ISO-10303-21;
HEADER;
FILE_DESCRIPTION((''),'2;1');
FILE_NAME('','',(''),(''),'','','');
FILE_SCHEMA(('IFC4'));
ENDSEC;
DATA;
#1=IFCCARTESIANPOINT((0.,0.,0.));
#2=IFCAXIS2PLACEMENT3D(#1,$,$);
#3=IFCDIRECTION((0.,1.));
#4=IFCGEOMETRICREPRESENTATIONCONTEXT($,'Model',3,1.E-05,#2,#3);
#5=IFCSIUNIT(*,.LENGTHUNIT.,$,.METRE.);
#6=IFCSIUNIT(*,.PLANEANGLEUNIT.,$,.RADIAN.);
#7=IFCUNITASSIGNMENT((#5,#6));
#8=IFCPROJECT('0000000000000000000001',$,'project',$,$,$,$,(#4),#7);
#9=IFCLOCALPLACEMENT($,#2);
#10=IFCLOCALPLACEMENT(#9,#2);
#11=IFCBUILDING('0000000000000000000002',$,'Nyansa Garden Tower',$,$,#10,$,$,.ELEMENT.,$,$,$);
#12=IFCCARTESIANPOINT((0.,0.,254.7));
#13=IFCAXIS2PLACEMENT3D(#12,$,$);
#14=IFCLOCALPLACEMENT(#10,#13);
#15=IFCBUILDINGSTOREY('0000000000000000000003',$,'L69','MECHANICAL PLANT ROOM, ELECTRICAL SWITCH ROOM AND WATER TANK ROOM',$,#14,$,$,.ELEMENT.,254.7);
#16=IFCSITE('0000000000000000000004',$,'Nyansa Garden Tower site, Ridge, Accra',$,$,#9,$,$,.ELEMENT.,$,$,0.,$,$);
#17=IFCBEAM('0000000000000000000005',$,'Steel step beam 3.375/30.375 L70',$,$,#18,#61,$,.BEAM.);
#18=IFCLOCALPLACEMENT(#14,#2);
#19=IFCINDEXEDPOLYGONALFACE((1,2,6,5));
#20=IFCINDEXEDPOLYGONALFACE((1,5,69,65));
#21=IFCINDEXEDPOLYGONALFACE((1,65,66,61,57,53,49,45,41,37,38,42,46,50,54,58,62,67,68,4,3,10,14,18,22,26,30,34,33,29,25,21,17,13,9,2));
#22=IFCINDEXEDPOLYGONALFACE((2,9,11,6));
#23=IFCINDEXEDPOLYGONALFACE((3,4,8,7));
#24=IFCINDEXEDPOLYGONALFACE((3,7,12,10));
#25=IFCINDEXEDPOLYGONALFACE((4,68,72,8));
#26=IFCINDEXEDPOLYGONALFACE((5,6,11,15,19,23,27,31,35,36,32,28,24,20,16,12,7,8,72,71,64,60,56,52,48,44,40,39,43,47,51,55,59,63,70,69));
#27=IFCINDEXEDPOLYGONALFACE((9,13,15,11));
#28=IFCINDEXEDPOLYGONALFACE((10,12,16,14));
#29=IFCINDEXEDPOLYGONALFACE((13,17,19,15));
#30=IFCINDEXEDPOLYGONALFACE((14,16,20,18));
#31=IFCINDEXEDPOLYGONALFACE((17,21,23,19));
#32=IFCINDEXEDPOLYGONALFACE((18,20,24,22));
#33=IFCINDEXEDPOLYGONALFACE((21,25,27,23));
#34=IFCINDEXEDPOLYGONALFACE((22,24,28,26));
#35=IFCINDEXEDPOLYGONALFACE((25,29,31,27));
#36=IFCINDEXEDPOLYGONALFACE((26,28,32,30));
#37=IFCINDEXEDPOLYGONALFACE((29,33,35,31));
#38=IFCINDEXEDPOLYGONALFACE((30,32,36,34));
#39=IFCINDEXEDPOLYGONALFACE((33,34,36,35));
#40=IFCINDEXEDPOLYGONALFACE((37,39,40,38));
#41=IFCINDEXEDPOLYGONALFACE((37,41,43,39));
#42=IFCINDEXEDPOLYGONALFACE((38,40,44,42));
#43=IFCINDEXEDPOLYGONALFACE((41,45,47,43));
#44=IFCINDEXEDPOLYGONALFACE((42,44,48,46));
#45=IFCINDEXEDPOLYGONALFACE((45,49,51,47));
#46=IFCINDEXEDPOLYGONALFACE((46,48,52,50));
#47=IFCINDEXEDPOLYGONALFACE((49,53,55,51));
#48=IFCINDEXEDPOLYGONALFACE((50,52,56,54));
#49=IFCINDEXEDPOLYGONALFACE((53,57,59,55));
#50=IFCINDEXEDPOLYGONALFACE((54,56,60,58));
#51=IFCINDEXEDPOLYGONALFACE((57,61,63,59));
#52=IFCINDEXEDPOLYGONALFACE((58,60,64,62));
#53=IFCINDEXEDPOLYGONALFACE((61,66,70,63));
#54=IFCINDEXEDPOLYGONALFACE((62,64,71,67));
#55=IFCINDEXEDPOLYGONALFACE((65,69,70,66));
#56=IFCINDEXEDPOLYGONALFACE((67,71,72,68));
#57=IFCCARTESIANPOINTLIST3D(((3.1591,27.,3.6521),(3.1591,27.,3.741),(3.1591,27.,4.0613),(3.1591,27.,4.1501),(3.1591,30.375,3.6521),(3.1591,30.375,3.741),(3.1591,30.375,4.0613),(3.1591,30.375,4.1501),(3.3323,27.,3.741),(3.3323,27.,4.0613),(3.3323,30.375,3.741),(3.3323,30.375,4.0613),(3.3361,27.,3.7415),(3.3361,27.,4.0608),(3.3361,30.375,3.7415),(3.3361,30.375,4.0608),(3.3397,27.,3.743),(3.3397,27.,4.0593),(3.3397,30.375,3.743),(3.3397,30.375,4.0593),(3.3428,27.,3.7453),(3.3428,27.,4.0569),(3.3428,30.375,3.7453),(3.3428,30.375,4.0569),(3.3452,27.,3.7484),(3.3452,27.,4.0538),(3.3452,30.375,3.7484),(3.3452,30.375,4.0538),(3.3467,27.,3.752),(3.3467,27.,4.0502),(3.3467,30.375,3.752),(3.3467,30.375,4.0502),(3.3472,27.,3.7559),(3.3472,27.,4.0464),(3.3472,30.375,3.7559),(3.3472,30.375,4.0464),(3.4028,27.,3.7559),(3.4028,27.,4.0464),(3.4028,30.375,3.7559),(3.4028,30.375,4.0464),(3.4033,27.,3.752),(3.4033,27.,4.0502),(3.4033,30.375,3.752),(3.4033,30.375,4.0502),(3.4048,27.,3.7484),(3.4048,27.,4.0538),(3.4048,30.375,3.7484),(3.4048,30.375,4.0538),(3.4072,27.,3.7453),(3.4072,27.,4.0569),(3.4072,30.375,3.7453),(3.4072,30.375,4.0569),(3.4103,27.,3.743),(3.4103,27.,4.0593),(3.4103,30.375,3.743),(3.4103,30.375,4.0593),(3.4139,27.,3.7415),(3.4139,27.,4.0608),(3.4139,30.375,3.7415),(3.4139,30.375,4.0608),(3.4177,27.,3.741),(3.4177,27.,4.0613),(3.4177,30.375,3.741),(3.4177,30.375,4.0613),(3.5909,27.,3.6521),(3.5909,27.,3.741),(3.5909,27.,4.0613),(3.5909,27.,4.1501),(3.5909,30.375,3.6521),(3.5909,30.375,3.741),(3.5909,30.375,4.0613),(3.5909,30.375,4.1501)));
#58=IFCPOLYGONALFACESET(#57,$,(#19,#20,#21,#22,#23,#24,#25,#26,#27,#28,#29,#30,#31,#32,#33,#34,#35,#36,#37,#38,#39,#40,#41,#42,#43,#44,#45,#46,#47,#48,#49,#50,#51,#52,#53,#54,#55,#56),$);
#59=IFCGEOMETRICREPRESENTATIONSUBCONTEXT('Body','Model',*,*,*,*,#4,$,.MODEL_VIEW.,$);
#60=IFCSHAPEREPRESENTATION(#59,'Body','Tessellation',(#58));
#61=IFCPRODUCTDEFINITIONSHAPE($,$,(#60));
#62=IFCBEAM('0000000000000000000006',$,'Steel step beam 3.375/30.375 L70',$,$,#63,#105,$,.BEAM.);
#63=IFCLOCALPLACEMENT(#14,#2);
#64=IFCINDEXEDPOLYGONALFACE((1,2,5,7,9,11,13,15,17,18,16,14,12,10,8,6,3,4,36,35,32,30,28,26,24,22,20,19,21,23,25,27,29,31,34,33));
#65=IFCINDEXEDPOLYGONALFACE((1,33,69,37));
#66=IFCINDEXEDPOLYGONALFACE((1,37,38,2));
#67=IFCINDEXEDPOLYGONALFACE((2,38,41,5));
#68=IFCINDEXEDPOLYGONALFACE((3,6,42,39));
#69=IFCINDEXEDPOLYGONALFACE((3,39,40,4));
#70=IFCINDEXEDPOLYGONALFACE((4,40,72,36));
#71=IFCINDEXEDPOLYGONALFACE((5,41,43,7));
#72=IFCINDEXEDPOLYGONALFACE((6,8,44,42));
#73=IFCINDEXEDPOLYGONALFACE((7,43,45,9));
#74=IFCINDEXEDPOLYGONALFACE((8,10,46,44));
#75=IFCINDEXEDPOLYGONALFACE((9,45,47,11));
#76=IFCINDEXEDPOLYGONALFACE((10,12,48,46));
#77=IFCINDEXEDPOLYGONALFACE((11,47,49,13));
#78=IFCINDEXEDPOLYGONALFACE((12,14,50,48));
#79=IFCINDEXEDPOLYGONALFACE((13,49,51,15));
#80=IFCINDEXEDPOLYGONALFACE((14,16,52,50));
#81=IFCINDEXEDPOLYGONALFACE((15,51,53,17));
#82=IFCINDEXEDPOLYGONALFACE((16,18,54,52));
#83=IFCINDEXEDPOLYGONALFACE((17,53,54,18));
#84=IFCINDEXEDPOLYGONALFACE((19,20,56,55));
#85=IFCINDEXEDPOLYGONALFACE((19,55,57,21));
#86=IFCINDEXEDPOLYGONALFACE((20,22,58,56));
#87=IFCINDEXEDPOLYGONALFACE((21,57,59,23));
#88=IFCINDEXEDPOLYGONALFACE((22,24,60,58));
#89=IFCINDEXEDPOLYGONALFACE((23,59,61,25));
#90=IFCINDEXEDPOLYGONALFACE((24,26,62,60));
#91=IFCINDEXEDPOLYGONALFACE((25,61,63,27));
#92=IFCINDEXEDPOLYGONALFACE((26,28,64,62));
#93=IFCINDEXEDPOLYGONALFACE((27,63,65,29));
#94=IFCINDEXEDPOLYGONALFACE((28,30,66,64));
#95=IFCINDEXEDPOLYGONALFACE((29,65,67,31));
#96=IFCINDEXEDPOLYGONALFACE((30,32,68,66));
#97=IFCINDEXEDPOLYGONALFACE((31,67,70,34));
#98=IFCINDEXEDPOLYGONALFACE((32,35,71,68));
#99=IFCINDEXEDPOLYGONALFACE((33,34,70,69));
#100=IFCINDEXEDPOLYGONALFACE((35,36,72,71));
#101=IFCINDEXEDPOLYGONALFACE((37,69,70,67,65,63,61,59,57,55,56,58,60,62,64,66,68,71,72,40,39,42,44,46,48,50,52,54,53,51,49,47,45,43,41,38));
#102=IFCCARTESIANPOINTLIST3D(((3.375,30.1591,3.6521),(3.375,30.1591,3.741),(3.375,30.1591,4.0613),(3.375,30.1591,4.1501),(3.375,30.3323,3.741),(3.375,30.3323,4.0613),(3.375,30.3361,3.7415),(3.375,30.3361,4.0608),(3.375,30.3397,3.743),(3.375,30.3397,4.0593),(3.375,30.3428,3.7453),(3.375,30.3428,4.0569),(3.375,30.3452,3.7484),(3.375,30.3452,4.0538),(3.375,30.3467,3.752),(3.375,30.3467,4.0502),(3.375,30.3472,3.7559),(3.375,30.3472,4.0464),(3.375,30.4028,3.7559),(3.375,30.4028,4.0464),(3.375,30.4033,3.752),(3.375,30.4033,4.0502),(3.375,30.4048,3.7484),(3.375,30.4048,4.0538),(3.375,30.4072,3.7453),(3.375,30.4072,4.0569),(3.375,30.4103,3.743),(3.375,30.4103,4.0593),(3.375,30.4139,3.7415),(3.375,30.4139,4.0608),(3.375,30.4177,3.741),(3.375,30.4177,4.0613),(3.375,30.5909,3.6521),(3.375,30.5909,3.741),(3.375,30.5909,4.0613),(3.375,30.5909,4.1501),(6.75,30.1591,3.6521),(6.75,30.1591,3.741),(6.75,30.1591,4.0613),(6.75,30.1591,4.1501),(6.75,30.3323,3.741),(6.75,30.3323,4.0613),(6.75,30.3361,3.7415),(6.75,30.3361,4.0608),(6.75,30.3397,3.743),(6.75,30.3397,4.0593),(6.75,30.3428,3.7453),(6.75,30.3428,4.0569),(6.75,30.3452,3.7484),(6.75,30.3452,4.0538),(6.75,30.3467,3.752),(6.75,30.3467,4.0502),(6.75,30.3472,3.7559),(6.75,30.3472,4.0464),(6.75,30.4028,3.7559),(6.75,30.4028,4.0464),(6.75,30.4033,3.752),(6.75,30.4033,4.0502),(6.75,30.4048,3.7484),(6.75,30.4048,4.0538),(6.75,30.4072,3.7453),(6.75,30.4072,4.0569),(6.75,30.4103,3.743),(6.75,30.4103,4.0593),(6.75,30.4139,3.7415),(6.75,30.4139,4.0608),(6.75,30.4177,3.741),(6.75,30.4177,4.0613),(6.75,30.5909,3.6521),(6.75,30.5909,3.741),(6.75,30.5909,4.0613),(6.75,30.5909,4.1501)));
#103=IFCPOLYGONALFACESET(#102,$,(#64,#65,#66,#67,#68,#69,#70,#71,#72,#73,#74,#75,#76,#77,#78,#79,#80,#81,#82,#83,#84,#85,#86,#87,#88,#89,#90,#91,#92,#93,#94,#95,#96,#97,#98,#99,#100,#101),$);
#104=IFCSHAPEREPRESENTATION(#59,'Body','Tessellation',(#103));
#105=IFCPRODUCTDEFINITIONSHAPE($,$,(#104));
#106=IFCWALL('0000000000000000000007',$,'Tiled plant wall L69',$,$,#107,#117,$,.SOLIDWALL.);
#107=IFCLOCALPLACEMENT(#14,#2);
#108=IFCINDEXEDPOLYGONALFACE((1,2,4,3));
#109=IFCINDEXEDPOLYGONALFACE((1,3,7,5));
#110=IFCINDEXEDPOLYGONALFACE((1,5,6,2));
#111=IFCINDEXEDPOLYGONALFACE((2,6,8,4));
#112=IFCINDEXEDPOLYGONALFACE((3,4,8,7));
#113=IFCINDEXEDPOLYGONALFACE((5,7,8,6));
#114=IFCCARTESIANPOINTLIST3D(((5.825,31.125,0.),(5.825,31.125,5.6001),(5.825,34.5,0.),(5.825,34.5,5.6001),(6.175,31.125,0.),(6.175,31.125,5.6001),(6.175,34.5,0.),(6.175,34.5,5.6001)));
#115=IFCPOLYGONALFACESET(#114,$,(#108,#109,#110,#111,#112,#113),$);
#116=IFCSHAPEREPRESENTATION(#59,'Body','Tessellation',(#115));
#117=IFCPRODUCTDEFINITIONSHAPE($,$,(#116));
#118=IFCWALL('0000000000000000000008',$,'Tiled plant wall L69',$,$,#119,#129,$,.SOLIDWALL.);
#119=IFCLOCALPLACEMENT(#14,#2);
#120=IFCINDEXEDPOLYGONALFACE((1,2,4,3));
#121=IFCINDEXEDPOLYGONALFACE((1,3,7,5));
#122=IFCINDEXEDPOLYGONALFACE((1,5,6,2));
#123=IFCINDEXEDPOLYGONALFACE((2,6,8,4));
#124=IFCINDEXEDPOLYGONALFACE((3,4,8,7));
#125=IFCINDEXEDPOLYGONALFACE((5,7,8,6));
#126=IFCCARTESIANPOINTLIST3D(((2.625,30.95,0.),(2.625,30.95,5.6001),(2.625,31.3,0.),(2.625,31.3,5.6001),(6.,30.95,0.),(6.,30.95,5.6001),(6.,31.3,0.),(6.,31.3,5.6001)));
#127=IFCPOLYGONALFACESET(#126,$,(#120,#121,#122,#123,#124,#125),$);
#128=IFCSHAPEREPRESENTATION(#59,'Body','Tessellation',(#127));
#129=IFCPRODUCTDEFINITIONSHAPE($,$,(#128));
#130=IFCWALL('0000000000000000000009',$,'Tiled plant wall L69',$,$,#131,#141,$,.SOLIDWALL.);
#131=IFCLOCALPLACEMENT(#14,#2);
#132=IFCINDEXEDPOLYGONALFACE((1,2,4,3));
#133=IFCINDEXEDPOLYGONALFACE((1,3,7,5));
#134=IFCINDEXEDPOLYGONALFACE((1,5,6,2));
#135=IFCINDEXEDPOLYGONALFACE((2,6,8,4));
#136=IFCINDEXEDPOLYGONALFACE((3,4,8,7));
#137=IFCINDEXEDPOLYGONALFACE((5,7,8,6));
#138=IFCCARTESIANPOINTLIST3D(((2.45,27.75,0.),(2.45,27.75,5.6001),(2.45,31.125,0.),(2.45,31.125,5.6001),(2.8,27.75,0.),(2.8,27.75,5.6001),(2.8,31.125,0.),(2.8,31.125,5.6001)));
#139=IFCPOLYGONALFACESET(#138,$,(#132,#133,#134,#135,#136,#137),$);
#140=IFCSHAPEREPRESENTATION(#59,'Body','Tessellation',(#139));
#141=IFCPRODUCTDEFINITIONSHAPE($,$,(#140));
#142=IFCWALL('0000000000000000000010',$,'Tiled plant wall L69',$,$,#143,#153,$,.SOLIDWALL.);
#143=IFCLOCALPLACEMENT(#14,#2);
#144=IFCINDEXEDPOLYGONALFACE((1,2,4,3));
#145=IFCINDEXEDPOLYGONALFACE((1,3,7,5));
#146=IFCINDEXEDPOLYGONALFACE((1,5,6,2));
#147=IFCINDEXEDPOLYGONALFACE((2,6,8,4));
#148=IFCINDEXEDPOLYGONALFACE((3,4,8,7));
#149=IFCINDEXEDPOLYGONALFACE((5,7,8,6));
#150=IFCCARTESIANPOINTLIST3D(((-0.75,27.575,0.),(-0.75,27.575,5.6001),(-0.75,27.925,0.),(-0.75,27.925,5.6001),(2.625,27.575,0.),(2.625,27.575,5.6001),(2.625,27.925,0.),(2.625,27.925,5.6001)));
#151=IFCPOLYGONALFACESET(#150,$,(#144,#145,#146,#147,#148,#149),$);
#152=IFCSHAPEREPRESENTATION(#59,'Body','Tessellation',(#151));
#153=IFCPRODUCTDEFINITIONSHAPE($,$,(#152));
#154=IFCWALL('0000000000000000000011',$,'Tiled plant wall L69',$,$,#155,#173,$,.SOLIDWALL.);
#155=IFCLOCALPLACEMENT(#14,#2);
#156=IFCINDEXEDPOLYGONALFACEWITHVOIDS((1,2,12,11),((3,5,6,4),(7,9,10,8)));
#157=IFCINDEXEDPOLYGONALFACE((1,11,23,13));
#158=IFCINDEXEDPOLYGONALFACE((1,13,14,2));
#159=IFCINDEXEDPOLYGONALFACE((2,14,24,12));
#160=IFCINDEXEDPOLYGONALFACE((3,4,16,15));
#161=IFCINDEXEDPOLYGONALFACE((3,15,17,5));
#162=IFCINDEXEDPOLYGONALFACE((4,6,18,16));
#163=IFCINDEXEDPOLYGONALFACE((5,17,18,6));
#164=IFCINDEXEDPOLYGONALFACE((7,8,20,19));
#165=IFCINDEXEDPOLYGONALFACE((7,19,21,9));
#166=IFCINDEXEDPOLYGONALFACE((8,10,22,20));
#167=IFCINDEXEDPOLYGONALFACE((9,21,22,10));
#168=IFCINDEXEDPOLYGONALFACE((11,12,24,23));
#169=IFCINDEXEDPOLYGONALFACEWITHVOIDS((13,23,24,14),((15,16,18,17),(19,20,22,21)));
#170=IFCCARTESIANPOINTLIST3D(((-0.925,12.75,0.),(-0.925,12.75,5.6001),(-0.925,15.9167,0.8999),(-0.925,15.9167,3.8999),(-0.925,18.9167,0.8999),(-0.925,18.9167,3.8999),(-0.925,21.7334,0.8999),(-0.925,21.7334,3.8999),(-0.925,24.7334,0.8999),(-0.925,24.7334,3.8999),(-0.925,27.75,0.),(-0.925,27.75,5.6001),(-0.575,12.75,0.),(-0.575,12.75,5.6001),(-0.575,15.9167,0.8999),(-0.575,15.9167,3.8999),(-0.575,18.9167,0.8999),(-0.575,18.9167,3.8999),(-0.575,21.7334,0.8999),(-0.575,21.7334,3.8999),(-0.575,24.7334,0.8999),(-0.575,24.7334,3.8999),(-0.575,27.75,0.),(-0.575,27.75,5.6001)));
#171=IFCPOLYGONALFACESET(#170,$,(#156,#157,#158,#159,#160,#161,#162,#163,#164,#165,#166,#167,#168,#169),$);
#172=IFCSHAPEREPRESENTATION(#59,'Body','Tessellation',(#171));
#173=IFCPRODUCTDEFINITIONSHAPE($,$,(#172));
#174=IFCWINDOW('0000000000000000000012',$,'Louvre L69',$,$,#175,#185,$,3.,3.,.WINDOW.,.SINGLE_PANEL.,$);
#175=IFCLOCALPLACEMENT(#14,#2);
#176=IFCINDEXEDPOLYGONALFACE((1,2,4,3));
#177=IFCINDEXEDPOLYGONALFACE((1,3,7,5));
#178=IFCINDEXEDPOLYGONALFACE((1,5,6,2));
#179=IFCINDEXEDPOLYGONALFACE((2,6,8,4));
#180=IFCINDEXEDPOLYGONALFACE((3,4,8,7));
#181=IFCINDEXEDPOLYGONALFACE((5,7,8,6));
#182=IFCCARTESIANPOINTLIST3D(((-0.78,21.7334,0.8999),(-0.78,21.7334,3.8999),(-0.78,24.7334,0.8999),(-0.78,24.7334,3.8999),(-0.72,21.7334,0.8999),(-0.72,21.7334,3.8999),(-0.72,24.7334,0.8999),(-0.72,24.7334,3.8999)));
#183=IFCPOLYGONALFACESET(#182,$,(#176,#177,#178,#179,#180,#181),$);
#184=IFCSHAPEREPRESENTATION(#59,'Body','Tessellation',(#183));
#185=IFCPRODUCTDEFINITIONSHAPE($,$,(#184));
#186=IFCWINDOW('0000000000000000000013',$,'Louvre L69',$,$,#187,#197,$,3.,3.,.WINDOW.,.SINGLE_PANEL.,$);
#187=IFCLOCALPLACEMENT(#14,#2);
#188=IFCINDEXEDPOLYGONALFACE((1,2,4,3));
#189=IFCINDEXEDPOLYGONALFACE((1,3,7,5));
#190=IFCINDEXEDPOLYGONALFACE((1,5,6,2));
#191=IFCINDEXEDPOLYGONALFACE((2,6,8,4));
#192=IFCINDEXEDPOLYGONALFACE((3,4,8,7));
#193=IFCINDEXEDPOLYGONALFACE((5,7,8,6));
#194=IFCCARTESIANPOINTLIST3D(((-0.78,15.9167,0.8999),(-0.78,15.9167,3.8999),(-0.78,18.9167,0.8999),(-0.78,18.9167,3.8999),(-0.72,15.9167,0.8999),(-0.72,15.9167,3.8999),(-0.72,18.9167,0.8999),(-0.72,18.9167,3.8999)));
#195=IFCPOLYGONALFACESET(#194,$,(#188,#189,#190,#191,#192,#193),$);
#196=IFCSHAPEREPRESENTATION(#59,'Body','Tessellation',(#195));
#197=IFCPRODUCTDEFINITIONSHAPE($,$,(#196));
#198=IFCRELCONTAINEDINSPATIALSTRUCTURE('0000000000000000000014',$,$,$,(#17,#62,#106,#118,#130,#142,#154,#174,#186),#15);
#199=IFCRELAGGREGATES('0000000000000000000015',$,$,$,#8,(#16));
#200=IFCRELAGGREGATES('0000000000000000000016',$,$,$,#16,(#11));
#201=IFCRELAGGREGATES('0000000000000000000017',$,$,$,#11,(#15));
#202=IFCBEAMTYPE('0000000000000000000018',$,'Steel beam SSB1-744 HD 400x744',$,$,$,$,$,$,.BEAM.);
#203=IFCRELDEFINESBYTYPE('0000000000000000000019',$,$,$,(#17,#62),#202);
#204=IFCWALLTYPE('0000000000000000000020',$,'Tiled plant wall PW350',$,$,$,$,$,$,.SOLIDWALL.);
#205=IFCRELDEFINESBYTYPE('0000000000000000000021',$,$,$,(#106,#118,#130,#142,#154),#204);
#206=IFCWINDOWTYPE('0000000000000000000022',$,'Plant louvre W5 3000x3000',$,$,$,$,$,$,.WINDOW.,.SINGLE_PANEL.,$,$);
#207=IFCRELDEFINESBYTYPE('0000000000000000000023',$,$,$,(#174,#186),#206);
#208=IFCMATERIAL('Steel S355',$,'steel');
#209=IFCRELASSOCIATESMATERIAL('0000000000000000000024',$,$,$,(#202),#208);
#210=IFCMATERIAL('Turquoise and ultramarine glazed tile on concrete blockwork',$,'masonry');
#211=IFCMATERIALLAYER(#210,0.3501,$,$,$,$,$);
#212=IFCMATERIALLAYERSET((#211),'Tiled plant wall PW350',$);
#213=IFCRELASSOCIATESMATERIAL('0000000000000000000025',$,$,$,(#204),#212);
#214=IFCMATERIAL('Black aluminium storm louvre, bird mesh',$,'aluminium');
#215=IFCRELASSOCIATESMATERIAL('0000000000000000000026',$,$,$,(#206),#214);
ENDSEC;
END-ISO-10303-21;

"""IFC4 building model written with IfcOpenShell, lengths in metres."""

from ifc_helpers import new_model, si_unit, direction, frame, frame_2d, origin, origin_2d, place, context, subcontext, project, spatial, rectangle, i_section, extrude, material, layer, layer_set, material_profile, profile_set, type_object, element, fill, save


model = new_model("IFC4")

# Units and contexts
model_context = context("Model", 3, precision=1e-05, world=origin(), true_north=direction((0.0, 1.0)))
body_context = subcontext(model_context, "Body", "Model", "MODEL_VIEW")
ifc_project = project(units=[si_unit("LENGTHUNIT", "METRE"), si_unit("PLANEANGLEUNIT", "RADIAN")], contexts=[model_context])

# Site, building, storey
site_placement = place(None, origin())
site = spatial("IfcSite", under=ifc_project, at=site_placement, Name="Nyansa Garden Tower site, Ridge, Accra", CompositionType="ELEMENT", RefElevation=0.0)
building_placement = place(site_placement, origin())
building = spatial("IfcBuilding", under=site, at=building_placement, Name="Nyansa Garden Tower", CompositionType="ELEMENT")
storey_placement = place(building_placement, frame((0.0, 0.0, 254.7)))
storey = spatial("IfcBuildingStorey", under=building, at=storey_placement, Name="L69", Description="MECHANICAL PLANT ROOM, ELECTRICAL SWITCH ROOM AND WATER TANK ROOM", CompositionType="ELEMENT", Elevation=254.7)

# Beams
ifc_material_1 = material(Name="Steel S355", Category="steel")
ifc_material_profile_1 = material_profile(ifc_material_1, i_section(OverallWidth=0.4319, OverallDepth=0.498, WebThickness=0.0557, FlangeThickness=0.0889, FilletRadius=0.0149, at=origin_2d()), Name="HD 400x744")
ifc_profile_set_1 = profile_set([ifc_material_profile_1], Name="Steel S355")
beam_type_1 = type_object("IfcBeamType", Name="Steel beam SSB1-744 HD 400x744", PredefinedType="BEAM", material=ifc_profile_set_1)
for number, where, z_axis, x_axis, name in (
    (1, (3.375, 30.375, 3.9011), (0.0, -1.0, 0.0), (1.0, 0.0, 0.0), "Steel step beam 3.375/30.375 L70"),
    (2, (3.375, 30.375, 3.9011), (1.0, 0.0, 0.0), (0.0, 1.0, 0.0), "Steel step beam 3.375/30.375 L70"),
):
    element("IfcBeam", number, at=place(storey_placement, frame(where, z_axis=z_axis, x_axis=x_axis)), inside=storey, type_object=beam_type_1, Name=name, PredefinedType="BEAM", context=body_context, shape_type="SweptSolid", body=[
        extrude(i_section(OverallWidth=0.4319, OverallDepth=0.498, WebThickness=0.0557, FlangeThickness=0.0889, FilletRadius=0.0149, at=origin_2d()), origin(), (0.0, 0.0, 1.0), 3.375),
    ])

# Walls
ifc_material_2 = material(Name="Turquoise and ultramarine glazed tile on concrete blockwork", Category="masonry")
ifc_layer = layer(ifc_material_2, 0.3501)
ifc_layer_set = layer_set([ifc_layer], Name="Tiled plant wall PW350")
wall_type = type_object("IfcWallType", Name="Tiled plant wall PW350", PredefinedType="SOLIDWALL", material=ifc_layer_set)
for number, where, z_axis, x_axis, name in (
    (3, (6.0, 34.5, 0.0), (0.0, 0.0, 1.0), (0.0, -1.0, 0.0), "Tiled plant wall L69"),
    (4, (6.0, 31.125, 0.0), (0.0, 0.0, 1.0), (-1.0, 0.0, 0.0), "Tiled plant wall L69"),
    (5, (2.625, 31.125, 0.0), (0.0, 0.0, 1.0), (0.0, -1.0, 0.0), "Tiled plant wall L69"),
    (6, (2.625, 27.75, 0.0), (0.0, 0.0, 1.0), (-1.0, 0.0, 0.0), "Tiled plant wall L69"),
):
    element("IfcWall", number, at=place(storey_placement, frame(where, z_axis=z_axis, x_axis=x_axis)), inside=storey, type_object=wall_type, Name=name, PredefinedType="SOLIDWALL", context=body_context, shape_type="SweptSolid", body=[
        extrude(rectangle(XDim=3.375, YDim=0.3501, at=frame_2d((1.6875, 0.0))), origin(), (0.0, 0.0, 1.0), 5.6001),
    ])

# Wall, openings, windows
wall_placement = place(storey_placement, frame((-0.75, 27.75, 0.0), z_axis=(0.0, 0.0, 1.0), x_axis=(0.0, -1.0, 0.0)))
wall = element("IfcWall", 7, at=wall_placement, inside=storey, type_object=wall_type, Name="Tiled plant wall L69", PredefinedType="SOLIDWALL", context=body_context, shape_type="SweptSolid", body=[
    extrude(rectangle(XDim=15.0, YDim=0.3501, at=frame_2d((7.5, 0.0))), origin(), (0.0, 0.0, 1.0), 5.6001),
])
opening_1_placement = place(wall_placement, frame((3.0166, 0.0, 0.8999)))
opening_1 = element("IfcOpeningElement", 8, at=opening_1_placement, cuts=wall, PredefinedType="OPENING", context=body_context, shape_type="SweptSolid", body=[
    extrude(rectangle(XDim=3.0, YDim=3.0, at=frame_2d((1.5, 1.5))), frame((0.0, 0.1851, 0.0), z_axis=(0.0, -1.0, 0.0), x_axis=(1.0, 0.0, 0.0)), (0.0, 0.0, 1.0), 0.3701),
])
opening_2_placement = place(wall_placement, frame((8.8333, 0.0, 0.8999)))
opening_2 = element("IfcOpeningElement", 9, at=opening_2_placement, cuts=wall, PredefinedType="OPENING", context=body_context, shape_type="SweptSolid", body=[
    extrude(rectangle(XDim=3.0, YDim=3.0, at=frame_2d((1.5, 1.5))), frame((0.0, 0.1851, 0.0), z_axis=(0.0, -1.0, 0.0), x_axis=(1.0, 0.0, 0.0)), (0.0, 0.0, 1.0), 0.3701),
])
ifc_material_3 = material(Name="Black aluminium storm louvre, bird mesh", Category="aluminium")
window_type = type_object("IfcWindowType", Name="Plant louvre W5 3000x3000", PartitioningType="SINGLE_PANEL", PredefinedType="WINDOW", material=ifc_material_3)
window_1_placement = place(opening_1_placement, origin())
window_1 = element("IfcWindow", 10, at=window_1_placement, inside=storey, type_object=window_type, Name="Louvre L69", OverallHeight=3.0, OverallWidth=3.0, PartitioningType="SINGLE_PANEL", PredefinedType="WINDOW", context=body_context, shape_type="SweptSolid", body=[
    extrude(rectangle(XDim=3.0, YDim=3.0, at=frame_2d((1.5, 1.5))), frame((0.0, 0.03, 0.0), z_axis=(0.0, -1.0, 0.0), x_axis=(1.0, 0.0, 0.0)), (0.0, 0.0, 1.0), 0.0601),
])
fill(opening_1, window_1)
window_2_placement = place(opening_2_placement, origin())
window_2 = element("IfcWindow", 11, at=window_2_placement, inside=storey, type_object=window_type, Name="Louvre L69", OverallHeight=3.0, OverallWidth=3.0, PartitioningType="SINGLE_PANEL", PredefinedType="WINDOW", context=body_context, shape_type="SweptSolid", body=[
    extrude(rectangle(XDim=3.0, YDim=3.0, at=frame_2d((1.5, 1.5))), frame((0.0, 0.03, 0.0), z_axis=(0.0, -1.0, 0.0), x_axis=(1.0, 0.0, 0.0)), (0.0, 0.0, 1.0), 0.0601),
])
fill(opening_2, window_2)

save(model, "model.ifc")
